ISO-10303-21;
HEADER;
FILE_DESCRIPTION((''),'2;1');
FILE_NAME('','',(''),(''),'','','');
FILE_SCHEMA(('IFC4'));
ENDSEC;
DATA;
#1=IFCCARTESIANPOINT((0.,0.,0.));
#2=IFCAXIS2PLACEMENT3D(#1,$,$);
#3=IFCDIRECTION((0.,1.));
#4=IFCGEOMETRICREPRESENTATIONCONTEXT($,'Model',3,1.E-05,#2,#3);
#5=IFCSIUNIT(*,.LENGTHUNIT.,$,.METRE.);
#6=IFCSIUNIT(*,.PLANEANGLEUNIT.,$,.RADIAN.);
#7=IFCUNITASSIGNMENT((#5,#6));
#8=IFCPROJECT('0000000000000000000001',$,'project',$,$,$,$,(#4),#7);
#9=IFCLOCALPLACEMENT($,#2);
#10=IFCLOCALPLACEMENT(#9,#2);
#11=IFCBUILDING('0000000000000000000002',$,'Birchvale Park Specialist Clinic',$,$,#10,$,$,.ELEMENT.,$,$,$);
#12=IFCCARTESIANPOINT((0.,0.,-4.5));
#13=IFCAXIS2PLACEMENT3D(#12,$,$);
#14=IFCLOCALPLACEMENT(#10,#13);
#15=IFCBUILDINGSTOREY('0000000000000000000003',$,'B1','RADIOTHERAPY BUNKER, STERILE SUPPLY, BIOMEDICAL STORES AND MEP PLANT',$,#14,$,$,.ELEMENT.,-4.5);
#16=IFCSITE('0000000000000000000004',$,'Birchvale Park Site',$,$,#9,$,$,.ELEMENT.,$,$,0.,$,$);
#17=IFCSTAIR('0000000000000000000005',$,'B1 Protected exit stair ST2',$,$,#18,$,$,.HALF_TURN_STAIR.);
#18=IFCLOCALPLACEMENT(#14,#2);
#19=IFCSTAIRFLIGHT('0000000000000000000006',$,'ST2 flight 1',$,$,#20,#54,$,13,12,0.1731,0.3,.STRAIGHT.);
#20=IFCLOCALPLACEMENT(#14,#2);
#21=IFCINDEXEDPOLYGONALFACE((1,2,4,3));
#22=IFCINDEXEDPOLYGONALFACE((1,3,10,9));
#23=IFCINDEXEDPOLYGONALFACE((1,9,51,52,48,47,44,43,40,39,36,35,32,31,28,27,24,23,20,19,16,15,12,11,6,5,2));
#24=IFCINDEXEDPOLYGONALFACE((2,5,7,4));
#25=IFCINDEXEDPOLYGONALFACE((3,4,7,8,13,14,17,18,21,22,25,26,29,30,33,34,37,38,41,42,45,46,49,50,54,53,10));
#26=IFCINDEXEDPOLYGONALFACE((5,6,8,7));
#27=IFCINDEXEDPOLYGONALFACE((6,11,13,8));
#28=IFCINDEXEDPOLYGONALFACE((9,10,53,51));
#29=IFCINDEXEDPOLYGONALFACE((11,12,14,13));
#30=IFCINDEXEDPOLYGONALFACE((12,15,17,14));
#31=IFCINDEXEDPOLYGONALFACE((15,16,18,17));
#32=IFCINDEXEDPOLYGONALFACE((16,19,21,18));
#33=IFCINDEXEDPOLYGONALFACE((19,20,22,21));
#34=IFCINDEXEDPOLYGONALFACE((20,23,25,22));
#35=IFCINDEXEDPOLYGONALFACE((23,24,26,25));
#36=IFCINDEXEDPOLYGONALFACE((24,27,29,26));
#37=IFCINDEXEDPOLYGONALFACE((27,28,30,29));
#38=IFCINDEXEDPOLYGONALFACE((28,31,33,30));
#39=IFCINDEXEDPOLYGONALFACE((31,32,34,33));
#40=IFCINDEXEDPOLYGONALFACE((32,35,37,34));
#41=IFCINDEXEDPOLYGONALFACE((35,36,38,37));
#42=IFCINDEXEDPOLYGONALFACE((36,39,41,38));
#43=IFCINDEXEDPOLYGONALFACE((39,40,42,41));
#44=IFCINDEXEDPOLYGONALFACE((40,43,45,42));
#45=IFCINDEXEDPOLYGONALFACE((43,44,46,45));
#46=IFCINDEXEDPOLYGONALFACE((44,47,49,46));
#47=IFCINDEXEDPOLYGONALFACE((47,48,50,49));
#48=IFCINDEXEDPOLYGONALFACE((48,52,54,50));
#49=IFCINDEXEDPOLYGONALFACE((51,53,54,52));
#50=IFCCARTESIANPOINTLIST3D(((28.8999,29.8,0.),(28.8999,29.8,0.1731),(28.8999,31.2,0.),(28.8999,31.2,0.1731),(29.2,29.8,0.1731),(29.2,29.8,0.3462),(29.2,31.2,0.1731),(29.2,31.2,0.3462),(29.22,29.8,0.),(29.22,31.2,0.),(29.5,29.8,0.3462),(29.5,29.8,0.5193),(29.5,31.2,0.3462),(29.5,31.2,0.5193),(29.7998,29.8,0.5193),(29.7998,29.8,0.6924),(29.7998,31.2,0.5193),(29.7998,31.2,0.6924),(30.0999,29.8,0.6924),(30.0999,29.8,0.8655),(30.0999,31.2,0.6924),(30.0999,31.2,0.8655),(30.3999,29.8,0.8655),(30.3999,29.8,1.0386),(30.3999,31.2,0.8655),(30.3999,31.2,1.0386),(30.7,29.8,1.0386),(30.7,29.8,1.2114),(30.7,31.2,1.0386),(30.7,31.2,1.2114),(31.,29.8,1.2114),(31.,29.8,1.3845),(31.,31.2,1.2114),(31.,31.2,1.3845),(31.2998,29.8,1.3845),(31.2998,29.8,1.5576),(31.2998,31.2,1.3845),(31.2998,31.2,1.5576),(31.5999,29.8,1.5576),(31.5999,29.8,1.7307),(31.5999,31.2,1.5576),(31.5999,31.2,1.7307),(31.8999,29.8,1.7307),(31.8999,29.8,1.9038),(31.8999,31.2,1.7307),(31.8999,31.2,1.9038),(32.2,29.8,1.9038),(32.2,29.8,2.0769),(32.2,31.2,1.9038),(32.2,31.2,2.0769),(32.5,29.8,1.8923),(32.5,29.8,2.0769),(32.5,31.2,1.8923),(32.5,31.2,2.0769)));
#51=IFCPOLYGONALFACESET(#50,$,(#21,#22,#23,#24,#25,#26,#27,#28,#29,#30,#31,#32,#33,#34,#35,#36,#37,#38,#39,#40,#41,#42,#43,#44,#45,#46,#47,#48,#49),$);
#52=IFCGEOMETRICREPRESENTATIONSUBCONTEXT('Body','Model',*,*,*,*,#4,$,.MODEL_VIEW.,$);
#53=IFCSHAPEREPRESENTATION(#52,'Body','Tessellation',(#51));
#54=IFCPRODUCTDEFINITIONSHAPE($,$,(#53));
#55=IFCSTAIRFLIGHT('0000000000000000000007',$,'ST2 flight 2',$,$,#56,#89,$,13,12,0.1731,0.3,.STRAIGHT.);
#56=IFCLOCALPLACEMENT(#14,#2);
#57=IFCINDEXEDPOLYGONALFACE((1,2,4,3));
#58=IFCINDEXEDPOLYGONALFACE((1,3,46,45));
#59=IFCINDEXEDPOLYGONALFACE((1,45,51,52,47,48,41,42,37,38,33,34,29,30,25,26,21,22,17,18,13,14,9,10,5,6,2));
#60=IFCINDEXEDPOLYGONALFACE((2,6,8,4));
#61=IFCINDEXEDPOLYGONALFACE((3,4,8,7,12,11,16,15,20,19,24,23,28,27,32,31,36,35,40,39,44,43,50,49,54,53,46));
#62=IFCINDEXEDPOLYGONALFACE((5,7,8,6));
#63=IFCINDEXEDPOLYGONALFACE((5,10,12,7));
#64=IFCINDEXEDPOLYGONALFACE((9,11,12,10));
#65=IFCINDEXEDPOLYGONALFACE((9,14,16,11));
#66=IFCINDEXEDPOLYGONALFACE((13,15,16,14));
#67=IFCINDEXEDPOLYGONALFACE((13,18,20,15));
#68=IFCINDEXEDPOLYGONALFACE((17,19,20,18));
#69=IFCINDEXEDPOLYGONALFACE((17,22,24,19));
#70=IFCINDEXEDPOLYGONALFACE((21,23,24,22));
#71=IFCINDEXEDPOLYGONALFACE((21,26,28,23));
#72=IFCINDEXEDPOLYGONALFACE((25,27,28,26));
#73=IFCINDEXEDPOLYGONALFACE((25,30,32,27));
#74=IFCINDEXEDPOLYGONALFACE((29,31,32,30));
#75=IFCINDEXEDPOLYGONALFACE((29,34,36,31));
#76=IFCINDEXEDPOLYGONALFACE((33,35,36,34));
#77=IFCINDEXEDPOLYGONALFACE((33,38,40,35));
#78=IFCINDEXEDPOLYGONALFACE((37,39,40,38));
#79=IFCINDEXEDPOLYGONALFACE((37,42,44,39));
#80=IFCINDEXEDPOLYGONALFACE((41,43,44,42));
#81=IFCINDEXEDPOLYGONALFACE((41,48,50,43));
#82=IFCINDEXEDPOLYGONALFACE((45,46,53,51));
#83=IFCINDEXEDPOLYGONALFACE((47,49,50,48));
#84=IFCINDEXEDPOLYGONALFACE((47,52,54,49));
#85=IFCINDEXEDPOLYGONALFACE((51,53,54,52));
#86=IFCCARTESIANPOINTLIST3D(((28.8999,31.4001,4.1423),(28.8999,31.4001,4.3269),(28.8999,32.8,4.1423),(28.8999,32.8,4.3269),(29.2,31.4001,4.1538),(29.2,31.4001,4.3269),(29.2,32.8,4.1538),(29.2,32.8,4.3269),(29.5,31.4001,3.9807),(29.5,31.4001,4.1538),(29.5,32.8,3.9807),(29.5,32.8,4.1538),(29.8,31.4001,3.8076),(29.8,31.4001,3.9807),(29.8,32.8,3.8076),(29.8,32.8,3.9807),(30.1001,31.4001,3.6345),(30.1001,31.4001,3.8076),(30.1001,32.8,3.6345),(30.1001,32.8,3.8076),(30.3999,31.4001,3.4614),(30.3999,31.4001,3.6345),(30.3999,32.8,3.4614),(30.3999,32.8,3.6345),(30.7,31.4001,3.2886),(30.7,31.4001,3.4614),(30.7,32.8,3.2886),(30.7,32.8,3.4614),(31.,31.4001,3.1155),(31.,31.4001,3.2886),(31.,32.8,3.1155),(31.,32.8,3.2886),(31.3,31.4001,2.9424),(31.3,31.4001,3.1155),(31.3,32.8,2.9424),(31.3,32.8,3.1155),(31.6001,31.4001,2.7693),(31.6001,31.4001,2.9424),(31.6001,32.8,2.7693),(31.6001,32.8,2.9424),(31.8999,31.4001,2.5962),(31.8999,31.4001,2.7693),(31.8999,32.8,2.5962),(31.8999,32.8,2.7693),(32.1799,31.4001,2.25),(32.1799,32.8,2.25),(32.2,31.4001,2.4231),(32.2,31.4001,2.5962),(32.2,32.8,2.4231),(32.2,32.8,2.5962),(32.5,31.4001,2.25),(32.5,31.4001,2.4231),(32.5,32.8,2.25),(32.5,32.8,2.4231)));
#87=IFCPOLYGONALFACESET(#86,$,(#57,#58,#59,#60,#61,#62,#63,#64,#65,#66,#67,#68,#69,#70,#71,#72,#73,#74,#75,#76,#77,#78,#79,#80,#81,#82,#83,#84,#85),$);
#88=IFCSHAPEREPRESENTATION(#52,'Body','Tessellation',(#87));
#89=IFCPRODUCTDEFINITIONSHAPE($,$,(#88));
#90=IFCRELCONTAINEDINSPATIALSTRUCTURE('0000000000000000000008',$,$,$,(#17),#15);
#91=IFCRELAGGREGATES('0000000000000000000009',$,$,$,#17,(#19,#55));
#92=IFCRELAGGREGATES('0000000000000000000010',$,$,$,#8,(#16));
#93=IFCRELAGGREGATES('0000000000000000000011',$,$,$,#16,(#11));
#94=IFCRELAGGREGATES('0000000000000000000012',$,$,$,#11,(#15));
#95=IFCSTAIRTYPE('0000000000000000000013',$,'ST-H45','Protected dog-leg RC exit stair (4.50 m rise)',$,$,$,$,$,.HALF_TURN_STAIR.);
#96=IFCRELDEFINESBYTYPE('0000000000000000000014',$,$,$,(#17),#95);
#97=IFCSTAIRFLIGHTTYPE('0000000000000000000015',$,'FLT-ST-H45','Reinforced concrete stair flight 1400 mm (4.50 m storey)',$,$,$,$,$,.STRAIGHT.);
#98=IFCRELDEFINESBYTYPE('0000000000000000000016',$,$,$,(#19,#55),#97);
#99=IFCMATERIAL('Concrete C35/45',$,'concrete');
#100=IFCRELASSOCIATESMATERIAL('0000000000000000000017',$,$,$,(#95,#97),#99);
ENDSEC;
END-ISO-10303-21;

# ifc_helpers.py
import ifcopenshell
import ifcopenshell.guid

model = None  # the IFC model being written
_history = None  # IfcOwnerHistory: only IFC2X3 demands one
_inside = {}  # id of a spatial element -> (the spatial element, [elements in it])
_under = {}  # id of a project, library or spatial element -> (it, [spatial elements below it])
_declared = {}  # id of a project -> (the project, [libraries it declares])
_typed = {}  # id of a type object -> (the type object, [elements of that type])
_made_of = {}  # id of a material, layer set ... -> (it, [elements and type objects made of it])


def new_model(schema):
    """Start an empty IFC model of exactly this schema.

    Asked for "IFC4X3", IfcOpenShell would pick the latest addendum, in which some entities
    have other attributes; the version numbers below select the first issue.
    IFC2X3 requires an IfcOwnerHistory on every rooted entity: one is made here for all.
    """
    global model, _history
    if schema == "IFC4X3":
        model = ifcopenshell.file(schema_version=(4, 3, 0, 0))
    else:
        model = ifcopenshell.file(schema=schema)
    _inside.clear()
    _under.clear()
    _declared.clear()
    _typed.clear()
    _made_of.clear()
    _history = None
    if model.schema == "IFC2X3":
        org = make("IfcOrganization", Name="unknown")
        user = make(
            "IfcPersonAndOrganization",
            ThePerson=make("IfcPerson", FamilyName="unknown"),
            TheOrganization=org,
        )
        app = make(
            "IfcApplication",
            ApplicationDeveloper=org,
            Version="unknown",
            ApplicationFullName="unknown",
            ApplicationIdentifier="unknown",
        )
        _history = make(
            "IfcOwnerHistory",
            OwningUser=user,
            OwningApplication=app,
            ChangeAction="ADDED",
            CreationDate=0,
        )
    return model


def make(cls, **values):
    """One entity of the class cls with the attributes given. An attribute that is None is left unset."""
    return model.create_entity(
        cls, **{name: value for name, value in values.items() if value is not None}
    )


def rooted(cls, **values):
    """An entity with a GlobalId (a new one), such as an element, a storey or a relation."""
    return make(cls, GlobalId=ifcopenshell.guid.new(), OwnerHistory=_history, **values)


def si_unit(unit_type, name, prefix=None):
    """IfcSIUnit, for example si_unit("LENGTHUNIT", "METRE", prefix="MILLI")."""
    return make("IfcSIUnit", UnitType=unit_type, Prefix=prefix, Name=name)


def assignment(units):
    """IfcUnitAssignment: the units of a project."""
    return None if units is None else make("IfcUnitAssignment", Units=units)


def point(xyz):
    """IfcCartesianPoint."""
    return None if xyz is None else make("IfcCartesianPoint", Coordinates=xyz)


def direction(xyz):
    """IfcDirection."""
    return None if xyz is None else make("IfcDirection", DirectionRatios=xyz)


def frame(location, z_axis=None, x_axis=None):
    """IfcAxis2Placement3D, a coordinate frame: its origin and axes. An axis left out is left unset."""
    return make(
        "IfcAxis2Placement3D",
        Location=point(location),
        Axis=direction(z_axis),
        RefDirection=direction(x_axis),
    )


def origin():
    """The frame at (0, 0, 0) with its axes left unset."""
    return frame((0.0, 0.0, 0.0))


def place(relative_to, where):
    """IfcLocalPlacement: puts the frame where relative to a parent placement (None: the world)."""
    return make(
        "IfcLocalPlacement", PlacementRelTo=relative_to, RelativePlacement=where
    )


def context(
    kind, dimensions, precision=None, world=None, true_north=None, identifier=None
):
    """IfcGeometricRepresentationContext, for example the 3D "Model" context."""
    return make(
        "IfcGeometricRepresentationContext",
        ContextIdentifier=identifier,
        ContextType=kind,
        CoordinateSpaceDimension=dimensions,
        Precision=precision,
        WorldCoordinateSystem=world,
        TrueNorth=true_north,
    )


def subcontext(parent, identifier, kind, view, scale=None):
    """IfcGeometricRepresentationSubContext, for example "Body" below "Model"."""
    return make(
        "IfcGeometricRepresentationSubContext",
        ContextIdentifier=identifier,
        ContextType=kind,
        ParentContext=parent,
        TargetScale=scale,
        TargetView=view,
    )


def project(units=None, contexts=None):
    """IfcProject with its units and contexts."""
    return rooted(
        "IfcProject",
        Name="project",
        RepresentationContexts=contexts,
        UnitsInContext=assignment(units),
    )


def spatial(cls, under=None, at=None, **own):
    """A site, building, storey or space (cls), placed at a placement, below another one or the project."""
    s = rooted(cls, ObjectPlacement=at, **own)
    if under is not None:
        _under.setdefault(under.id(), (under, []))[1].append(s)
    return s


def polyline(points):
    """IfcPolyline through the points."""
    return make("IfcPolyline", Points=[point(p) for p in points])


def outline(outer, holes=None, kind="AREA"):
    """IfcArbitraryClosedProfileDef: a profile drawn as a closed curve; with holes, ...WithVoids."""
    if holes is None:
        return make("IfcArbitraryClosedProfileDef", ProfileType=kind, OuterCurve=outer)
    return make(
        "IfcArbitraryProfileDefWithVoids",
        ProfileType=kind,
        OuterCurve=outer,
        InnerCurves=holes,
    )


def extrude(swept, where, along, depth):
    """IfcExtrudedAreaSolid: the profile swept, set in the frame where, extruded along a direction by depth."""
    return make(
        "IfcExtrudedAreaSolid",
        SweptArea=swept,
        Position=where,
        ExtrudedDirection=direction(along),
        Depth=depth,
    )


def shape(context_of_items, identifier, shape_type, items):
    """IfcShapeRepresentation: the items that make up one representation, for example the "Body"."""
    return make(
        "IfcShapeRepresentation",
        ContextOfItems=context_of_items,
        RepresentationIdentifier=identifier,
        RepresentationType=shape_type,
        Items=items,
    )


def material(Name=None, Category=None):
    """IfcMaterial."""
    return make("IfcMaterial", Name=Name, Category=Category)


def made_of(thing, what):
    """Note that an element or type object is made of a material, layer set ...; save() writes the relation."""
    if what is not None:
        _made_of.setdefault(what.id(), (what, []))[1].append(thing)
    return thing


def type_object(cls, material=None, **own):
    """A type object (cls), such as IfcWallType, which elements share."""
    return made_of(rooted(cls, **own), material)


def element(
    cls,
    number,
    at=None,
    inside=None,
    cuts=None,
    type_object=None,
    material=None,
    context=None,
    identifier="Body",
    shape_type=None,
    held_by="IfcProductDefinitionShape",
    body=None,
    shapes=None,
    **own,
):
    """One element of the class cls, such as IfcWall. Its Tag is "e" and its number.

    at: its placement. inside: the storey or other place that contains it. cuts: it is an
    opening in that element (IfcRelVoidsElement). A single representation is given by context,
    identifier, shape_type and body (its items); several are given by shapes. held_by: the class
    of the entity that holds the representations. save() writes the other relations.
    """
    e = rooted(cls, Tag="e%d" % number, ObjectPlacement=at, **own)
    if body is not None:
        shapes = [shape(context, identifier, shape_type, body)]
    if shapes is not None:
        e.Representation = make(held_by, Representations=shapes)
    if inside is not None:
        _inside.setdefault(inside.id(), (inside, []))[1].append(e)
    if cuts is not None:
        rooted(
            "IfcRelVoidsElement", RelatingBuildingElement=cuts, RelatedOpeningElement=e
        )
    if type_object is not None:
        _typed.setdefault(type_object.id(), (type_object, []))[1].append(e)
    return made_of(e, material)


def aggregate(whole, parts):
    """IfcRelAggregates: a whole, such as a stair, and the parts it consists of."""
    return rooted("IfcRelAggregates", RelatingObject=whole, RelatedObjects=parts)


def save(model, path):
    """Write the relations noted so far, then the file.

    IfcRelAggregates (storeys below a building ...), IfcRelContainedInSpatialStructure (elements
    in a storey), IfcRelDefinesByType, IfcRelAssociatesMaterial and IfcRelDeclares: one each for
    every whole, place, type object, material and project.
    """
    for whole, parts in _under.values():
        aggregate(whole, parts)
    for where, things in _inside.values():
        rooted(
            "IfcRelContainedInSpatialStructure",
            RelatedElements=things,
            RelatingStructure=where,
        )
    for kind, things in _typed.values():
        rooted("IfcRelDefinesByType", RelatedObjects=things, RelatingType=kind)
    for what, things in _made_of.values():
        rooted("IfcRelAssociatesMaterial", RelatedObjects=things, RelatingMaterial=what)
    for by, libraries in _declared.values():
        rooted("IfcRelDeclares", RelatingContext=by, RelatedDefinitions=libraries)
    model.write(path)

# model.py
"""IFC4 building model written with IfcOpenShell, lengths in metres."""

from ifc_helpers import new_model, si_unit, direction, frame, origin, place, context, subcontext, project, spatial, polyline, outline, extrude, material, type_object, element, aggregate, save


model = new_model("IFC4")

# Units and contexts
model_context = context("Model", 3, precision=1e-05, world=origin(), true_north=direction((0.0, 1.0)))
body_context = subcontext(model_context, "Body", "Model", "MODEL_VIEW")
ifc_project = project(units=[si_unit("LENGTHUNIT", "METRE"), si_unit("PLANEANGLEUNIT", "RADIAN")], contexts=[model_context])

# Site, building, storey
site_placement = place(None, origin())
site = spatial("IfcSite", under=ifc_project, at=site_placement, Name="Birchvale Park Site", CompositionType="ELEMENT", RefElevation=0.0)
building_placement = place(site_placement, origin())
building = spatial("IfcBuilding", under=site, at=building_placement, Name="Birchvale Park Specialist Clinic", CompositionType="ELEMENT")
storey_placement = place(building_placement, frame((0.0, 0.0, -4.5)))
storey = spatial("IfcBuildingStorey", under=building, at=storey_placement, Name="B1", Description="RADIOTHERAPY BUNKER, STERILE SUPPLY, BIOMEDICAL STORES AND MEP PLANT", CompositionType="ELEMENT", Elevation=-4.5)

# Stair, stair flights
ifc_material_1 = material(Name="Concrete C35/45", Category="concrete")
stair_type = type_object("IfcStairType", Name="ST-H45", Description="Protected dog-leg RC exit stair (4.50 m rise)", PredefinedType="HALF_TURN_STAIR", material=ifc_material_1)
stair_placement = place(storey_placement, origin())
stair = element("IfcStair", 1, at=stair_placement, inside=storey, type_object=stair_type, Name="B1 Protected exit stair ST2", PredefinedType="HALF_TURN_STAIR")
stair_flight_type = type_object("IfcStairFlightType", Name="FLT-ST-H45", Description="Reinforced concrete stair flight 1400 mm (4.50 m storey)", PredefinedType="STRAIGHT", material=ifc_material_1)
stair_flight_1_placement = place(storey_placement, frame((28.8999, 30.5, 0.0), z_axis=(0.0, 0.0, 1.0), x_axis=(1.0, 0.0, 0.0)))
stair_flight_1 = element("IfcStairFlight", 2, at=stair_flight_1_placement, type_object=stair_flight_type, Name="ST2 flight 1", NumberOfRisers=13, NumberOfTreads=12, PredefinedType="STRAIGHT", RiserHeight=0.1731, TreadLength=0.3, context=body_context, shape_type="SweptSolid", body=[
    extrude(outline(polyline([(0.0, 0.0), (0.0, 0.1731), (0.3, 0.1731), (0.3, 0.3462), (0.6001, 0.3462), (0.6001, 0.5193), (0.8999, 0.5193), (0.8999, 0.6924), (1.2, 0.6924), (1.2, 0.8655), (1.5, 0.8655), (1.5, 1.0386), (1.8, 1.0386), (1.8, 1.2114), (2.1001, 1.2114), (2.1001, 1.3845), (2.3999, 1.3845), (2.3999, 1.5576), (2.7, 1.5576), (2.7, 1.7307), (3.0, 1.7307), (3.0, 1.9038), (3.3, 1.9038), (3.3, 2.0769), (3.6001, 2.0769), (3.6001, 2.25), (3.6001, 1.8923), (0.3201, 0.0), (0.0, 0.0)])), frame((0.0, 0.7, 0.0), z_axis=(0.0, -1.0, 0.0), x_axis=(1.0, 0.0, 0.0)), (0.0, 0.0, 1.0), 1.3999),
])
stair_flight_2_placement = place(storey_placement, frame((32.5, 32.1001, 2.25), z_axis=(0.0, 0.0, 1.0), x_axis=(-1.0, 0.0, 0.0)))
stair_flight_2 = element("IfcStairFlight", 3, at=stair_flight_2_placement, type_object=stair_flight_type, Name="ST2 flight 2", NumberOfRisers=13, NumberOfTreads=12, PredefinedType="STRAIGHT", RiserHeight=0.1731, TreadLength=0.3, context=body_context, shape_type="SweptSolid", body=[
    extrude(outline(polyline([(0.0, 0.0), (0.0, 0.1731), (0.3, 0.1731), (0.3, 0.3462), (0.6001, 0.3462), (0.6001, 0.5193), (0.8999, 0.5193), (0.8999, 0.6924), (1.2, 0.6924), (1.2, 0.8655), (1.5, 0.8655), (1.5, 1.0386), (1.8, 1.0386), (1.8, 1.2114), (2.1001, 1.2114), (2.1001, 1.3845), (2.3999, 1.3845), (2.3999, 1.5576), (2.7, 1.5576), (2.7, 1.7307), (3.0, 1.7307), (3.0, 1.9038), (3.3, 1.9038), (3.3, 2.0769), (3.6001, 2.0769), (3.6001, 2.25), (3.6001, 1.8923), (0.3201, 0.0), (0.0, 0.0)])), frame((0.0, 0.7, 0.0), z_axis=(0.0, -1.0, 0.0), x_axis=(1.0, 0.0, 0.0)), (0.0, 0.0, 1.0), 1.3999),
])
aggregate(stair, [stair_flight_1, stair_flight_2])

save(model, "model.ifc")
